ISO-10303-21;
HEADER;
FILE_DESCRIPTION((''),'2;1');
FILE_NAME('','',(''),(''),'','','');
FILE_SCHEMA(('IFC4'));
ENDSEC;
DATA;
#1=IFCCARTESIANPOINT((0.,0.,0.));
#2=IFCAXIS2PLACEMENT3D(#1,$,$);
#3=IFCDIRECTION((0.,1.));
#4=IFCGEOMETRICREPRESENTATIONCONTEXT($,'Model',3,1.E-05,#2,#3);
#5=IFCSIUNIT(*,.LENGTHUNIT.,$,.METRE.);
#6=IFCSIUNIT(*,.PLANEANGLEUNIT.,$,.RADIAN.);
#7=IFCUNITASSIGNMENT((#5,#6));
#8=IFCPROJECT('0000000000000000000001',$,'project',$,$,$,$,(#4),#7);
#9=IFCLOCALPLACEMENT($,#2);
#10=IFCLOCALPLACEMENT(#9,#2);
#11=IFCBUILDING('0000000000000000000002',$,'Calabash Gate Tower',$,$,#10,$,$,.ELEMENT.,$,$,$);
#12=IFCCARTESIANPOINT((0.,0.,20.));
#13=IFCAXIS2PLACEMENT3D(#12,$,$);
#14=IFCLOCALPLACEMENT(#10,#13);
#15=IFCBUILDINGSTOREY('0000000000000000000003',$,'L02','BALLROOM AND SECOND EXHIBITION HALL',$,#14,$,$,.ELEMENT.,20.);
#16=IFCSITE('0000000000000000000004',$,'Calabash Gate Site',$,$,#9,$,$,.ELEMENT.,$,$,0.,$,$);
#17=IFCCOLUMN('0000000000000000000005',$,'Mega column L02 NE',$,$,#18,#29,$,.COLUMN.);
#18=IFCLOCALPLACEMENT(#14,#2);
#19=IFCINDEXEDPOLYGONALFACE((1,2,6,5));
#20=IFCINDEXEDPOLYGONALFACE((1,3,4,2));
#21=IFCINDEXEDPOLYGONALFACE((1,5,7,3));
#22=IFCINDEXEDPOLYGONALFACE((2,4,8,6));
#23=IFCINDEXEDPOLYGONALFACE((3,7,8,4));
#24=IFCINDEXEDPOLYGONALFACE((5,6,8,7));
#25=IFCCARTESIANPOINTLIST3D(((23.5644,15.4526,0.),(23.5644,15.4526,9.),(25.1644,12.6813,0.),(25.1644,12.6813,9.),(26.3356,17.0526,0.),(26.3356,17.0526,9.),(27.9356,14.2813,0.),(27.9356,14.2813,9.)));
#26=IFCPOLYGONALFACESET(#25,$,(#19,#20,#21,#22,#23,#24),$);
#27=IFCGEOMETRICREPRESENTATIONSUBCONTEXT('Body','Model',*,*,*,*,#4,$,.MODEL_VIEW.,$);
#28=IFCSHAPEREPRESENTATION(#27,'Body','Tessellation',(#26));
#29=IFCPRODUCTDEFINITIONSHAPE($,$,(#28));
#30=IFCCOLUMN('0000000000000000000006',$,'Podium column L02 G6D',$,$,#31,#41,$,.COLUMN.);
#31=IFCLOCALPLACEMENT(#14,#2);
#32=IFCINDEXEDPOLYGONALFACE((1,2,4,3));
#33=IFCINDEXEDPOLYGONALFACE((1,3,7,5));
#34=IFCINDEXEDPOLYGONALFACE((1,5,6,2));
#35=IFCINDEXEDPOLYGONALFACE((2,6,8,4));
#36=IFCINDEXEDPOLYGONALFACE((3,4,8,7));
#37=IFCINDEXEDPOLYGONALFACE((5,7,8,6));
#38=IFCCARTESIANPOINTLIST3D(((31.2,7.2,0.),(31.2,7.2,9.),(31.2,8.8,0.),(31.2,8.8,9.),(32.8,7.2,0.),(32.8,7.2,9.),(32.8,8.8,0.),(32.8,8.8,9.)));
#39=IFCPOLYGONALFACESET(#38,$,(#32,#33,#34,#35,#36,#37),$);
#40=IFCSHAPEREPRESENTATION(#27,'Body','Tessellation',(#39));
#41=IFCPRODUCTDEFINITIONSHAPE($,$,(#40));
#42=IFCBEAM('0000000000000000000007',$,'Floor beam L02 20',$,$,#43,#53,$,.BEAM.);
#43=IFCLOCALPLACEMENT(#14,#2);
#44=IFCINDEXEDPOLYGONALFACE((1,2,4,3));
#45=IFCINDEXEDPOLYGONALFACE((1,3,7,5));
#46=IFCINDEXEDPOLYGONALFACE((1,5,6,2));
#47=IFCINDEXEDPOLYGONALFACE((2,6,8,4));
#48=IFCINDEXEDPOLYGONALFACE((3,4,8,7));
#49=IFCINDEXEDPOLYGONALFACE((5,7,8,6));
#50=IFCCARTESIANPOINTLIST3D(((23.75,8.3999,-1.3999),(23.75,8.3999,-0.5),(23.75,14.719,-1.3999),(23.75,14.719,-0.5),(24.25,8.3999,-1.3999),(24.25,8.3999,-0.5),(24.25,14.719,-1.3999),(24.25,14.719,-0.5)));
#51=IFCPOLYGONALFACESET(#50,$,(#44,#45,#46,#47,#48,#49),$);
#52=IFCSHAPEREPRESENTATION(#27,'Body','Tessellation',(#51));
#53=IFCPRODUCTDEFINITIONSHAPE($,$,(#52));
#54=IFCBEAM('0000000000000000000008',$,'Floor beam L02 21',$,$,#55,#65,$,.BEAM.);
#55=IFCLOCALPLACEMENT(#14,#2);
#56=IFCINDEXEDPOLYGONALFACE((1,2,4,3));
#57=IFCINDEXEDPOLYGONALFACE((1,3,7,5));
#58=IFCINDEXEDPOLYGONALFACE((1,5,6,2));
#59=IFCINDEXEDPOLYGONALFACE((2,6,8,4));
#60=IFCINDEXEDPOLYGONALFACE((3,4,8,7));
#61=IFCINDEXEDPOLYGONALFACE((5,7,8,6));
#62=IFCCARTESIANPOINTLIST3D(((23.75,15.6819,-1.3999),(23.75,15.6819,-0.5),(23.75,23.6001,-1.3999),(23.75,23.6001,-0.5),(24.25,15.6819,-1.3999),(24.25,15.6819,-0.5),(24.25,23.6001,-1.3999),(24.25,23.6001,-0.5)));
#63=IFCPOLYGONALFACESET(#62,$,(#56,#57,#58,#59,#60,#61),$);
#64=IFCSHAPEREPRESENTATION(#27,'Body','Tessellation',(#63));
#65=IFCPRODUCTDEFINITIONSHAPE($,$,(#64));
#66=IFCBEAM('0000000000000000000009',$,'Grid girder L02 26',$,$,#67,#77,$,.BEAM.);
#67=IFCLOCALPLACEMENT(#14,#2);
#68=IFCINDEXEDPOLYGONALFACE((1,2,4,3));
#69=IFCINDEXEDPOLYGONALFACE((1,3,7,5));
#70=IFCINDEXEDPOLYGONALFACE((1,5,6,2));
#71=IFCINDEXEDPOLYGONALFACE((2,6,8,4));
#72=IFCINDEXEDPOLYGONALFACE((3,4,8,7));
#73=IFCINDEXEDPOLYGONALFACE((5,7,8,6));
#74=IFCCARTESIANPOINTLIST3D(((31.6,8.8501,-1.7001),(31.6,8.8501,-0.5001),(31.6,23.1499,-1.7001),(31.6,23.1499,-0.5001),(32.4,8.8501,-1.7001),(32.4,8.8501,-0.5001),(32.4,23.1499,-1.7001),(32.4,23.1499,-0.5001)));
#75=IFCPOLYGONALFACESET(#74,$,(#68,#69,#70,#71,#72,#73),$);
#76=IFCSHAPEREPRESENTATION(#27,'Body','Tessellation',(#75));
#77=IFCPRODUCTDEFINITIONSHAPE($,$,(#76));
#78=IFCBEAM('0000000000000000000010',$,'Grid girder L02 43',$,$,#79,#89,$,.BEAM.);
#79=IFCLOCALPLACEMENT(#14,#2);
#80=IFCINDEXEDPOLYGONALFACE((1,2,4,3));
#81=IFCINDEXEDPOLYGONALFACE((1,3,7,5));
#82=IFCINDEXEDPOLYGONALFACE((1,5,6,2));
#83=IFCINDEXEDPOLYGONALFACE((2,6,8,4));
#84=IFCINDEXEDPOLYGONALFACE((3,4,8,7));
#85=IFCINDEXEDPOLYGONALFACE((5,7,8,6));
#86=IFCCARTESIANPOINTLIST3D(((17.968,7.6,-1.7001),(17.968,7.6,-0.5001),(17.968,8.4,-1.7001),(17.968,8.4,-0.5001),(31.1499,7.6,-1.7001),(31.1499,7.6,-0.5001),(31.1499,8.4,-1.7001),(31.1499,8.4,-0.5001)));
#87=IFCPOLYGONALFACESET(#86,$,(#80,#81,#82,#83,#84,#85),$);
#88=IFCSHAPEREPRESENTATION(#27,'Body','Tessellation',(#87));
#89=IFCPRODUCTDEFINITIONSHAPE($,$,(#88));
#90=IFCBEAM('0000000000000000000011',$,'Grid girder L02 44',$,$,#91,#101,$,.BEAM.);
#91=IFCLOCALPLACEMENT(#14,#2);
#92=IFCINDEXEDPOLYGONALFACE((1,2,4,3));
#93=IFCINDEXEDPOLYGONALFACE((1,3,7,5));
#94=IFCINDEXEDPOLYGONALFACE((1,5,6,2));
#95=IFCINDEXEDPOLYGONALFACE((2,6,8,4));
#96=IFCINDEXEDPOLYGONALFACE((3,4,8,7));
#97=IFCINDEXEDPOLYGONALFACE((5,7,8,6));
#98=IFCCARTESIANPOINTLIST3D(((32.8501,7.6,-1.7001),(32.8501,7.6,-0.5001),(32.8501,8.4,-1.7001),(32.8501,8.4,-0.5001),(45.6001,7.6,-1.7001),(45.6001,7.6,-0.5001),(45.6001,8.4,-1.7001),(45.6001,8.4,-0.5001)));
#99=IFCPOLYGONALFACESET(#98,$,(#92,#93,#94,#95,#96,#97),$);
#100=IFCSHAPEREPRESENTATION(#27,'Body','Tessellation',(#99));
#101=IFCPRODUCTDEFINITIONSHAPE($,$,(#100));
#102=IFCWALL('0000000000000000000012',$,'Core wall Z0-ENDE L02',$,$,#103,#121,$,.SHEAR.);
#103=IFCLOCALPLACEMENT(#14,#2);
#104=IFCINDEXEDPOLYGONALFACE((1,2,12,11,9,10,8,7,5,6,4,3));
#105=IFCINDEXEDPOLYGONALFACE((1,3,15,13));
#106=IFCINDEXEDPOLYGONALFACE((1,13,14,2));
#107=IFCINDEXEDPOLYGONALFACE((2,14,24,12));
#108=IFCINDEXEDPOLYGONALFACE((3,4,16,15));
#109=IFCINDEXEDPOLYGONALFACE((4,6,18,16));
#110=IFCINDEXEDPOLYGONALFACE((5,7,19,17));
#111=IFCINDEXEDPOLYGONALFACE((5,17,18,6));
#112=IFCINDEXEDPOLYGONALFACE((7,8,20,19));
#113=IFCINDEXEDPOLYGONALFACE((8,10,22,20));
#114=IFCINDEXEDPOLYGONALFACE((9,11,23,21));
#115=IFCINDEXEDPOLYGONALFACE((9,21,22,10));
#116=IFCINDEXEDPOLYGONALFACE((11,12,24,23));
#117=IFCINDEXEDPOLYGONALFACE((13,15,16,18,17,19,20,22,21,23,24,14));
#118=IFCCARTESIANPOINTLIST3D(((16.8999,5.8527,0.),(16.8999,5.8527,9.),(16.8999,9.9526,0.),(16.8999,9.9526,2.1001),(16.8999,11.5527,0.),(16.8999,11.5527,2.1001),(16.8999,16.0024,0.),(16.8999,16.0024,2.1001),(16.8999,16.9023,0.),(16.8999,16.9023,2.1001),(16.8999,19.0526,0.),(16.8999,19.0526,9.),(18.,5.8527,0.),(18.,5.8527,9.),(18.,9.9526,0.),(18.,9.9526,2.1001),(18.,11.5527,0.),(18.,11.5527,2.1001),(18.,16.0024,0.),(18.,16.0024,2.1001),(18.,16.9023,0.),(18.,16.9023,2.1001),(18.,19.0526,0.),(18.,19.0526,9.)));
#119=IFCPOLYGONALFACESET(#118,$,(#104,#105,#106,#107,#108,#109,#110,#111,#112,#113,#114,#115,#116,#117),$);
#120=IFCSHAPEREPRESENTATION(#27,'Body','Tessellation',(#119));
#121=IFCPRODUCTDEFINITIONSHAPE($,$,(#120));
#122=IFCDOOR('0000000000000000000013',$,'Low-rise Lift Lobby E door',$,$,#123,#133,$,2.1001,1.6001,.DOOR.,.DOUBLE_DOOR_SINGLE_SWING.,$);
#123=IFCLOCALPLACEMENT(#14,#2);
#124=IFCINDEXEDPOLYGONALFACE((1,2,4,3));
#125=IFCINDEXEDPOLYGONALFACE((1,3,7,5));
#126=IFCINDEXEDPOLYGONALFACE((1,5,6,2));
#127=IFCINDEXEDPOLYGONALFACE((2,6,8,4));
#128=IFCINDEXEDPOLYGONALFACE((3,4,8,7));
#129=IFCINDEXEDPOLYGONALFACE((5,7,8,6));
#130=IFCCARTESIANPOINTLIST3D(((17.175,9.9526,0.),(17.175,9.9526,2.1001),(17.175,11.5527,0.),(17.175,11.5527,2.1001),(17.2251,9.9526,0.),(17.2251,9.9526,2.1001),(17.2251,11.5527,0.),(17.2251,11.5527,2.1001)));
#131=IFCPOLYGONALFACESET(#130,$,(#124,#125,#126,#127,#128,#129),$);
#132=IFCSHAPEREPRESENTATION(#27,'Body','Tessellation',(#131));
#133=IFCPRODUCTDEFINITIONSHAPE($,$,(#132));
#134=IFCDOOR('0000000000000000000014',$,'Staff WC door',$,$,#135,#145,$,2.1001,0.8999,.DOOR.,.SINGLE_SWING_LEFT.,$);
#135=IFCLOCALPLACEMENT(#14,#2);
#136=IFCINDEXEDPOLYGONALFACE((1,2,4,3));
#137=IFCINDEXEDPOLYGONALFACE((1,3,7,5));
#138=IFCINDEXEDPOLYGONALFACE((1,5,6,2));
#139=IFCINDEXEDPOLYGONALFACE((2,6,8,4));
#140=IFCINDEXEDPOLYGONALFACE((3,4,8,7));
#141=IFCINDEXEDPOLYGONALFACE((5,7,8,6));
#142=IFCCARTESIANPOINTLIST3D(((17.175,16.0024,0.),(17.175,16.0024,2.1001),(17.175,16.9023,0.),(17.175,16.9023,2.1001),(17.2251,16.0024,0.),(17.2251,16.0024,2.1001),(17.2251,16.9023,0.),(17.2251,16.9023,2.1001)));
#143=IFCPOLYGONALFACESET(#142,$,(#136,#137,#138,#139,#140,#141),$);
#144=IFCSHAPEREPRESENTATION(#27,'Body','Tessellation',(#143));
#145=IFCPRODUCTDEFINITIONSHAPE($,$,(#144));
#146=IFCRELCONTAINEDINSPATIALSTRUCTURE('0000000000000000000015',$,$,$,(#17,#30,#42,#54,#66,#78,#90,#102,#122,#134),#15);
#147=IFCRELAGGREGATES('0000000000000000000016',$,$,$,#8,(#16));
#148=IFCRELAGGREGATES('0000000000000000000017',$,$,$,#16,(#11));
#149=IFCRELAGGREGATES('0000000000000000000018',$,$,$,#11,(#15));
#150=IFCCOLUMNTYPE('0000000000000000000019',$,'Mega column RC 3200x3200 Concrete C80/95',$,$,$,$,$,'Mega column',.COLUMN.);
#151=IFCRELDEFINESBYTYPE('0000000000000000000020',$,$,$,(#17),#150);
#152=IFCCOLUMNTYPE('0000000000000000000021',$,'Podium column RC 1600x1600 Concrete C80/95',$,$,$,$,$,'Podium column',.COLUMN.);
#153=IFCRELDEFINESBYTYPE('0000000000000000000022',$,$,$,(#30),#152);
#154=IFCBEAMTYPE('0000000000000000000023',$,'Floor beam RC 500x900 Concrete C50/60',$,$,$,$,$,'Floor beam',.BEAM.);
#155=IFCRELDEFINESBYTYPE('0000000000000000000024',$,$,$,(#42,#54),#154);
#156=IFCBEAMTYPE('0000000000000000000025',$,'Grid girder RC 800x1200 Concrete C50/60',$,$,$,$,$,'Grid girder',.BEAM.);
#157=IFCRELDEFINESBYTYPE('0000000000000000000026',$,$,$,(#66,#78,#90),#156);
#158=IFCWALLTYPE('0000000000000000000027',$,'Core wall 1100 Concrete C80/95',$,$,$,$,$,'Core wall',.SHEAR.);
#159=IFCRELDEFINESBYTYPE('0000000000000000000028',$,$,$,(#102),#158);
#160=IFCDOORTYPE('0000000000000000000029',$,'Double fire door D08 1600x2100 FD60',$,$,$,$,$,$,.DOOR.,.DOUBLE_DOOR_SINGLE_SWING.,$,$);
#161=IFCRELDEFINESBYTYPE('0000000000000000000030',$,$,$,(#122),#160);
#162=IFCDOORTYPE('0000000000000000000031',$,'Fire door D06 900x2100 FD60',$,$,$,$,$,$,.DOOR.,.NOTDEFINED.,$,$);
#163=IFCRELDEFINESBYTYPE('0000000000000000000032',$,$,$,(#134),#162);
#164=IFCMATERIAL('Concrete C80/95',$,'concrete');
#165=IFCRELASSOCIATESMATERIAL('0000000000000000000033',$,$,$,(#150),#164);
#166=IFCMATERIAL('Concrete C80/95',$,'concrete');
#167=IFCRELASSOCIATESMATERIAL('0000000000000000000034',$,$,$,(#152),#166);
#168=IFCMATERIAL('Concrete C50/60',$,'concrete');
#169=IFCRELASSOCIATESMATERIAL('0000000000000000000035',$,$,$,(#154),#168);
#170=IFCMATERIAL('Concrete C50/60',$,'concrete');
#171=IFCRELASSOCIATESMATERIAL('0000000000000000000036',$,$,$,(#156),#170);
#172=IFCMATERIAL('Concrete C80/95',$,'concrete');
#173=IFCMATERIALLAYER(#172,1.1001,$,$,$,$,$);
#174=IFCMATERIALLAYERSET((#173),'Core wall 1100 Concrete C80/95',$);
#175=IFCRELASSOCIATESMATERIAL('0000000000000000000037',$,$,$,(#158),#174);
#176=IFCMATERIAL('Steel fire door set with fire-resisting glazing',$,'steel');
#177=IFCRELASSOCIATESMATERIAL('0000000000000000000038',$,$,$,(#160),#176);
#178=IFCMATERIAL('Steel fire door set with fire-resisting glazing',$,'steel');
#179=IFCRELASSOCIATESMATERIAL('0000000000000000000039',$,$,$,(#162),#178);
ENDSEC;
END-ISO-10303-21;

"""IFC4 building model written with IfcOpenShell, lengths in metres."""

from ifc_helpers import new_model, si_unit, direction, frame, frame_2d, origin, origin_2d, place, context, subcontext, project, spatial, rectangle, extrude, material, layer, layer_set, material_profile, profile_set, type_object, element, fill, save


model = new_model("IFC4")

# Units and contexts
model_context = context("Model", 3, precision=1e-05, world=origin(), true_north=direction((0.0, 1.0)))
body_context = subcontext(model_context, "Body", "Model", "MODEL_VIEW")
ifc_project = project(units=[si_unit("LENGTHUNIT", "METRE"), si_unit("PLANEANGLEUNIT", "RADIAN")], contexts=[model_context])

# Site, building, storey
site_placement = place(None, origin())
site = spatial("IfcSite", under=ifc_project, at=site_placement, Name="Calabash Gate Site", CompositionType="ELEMENT", RefElevation=0.0)
building_placement = place(site_placement, origin())
building = spatial("IfcBuilding", under=site, at=building_placement, Name="Calabash Gate Tower", CompositionType="ELEMENT")
storey_placement = place(building_placement, frame((0.0, 0.0, 20.0)))
storey = spatial("IfcBuildingStorey", under=building, at=storey_placement, Name="L02", Description="BALLROOM AND SECOND EXHIBITION HALL", CompositionType="ELEMENT", Elevation=20.0)

# Columns
ifc_material_1 = material(Name="Concrete C80/95", Category="concrete")
ifc_material_profile_1 = material_profile(ifc_material_1, rectangle(XDim=3.2, YDim=3.2, at=origin_2d()))
ifc_profile_set_1 = profile_set([ifc_material_profile_1], Name="Concrete C80/95")
column_type_1 = type_object("IfcColumnType", Name="Mega column RC 3200x3200 Concrete C80/95", ElementType="Mega column", PredefinedType="COLUMN", material=ifc_profile_set_1)
column_1_placement = place(storey_placement, frame((25.75, 14.8669, 0.0), z_axis=(0.0, 0.0, 1.0), x_axis=(-0.866025, -0.5, 0.0)))
element("IfcColumn", 1, at=column_1_placement, inside=storey, type_object=column_type_1, Name="Mega column L02 NE", PredefinedType="COLUMN", context=body_context, shape_type="SweptSolid", body=[
    extrude(rectangle(XDim=3.2, YDim=3.2, at=origin_2d()), origin(), (0.0, 0.0, 1.0), 9.0),
])
ifc_material_2 = material(Name="Concrete C80/95", Category="concrete")
ifc_material_profile_2 = material_profile(ifc_material_2, rectangle(XDim=1.6001, YDim=1.6001, at=origin_2d()))
ifc_profile_set_2 = profile_set([ifc_material_profile_2], Name="Concrete C80/95")
column_type_2 = type_object("IfcColumnType", Name="Podium column RC 1600x1600 Concrete C80/95", ElementType="Podium column", PredefinedType="COLUMN", material=ifc_profile_set_2)
column_2_placement = place(storey_placement, frame((32.0, 8.0, 0.0), z_axis=(0.0, 0.0, 1.0), x_axis=(1.0, 0.0, 0.0)))
element("IfcColumn", 2, at=column_2_placement, inside=storey, type_object=column_type_2, Name="Podium column L02 G6D", PredefinedType="COLUMN", context=body_context, shape_type="SweptSolid", body=[
    extrude(rectangle(XDim=1.6001, YDim=1.6001, at=origin_2d()), origin(), (0.0, 0.0, 1.0), 9.0),
])

# Beams
ifc_material_3 = material(Name="Concrete C50/60", Category="concrete")
ifc_material_profile_3 = material_profile(ifc_material_3, rectangle(XDim=0.5, YDim=0.8999, at=origin_2d()))
ifc_profile_set_3 = profile_set([ifc_material_profile_3], Name="Concrete C50/60")
beam_type_1 = type_object("IfcBeamType", Name="Floor beam RC 500x900 Concrete C50/60", ElementType="Floor beam", PredefinedType="BEAM", material=ifc_profile_set_3)
beam_1_placement = place(storey_placement, frame((24.0, 8.3999, -0.95), z_axis=(0.0, 1.0, 0.0), x_axis=(-1.0, 0.0, 0.0)))
element("IfcBeam", 3, at=beam_1_placement, inside=storey, type_object=beam_type_1, Name="Floor beam L02 20", PredefinedType="BEAM", context=body_context, shape_type="SweptSolid", body=[
    extrude(rectangle(XDim=0.5, YDim=0.8999, at=origin_2d()), origin(), (0.0, 0.0, 1.0), 6.3191),
])
beam_2_placement = place(storey_placement, frame((24.0, 15.6819, -0.95), z_axis=(0.0, 1.0, 0.0), x_axis=(-1.0, 0.0, 0.0)))
element("IfcBeam", 4, at=beam_2_placement, inside=storey, type_object=beam_type_1, Name="Floor beam L02 21", PredefinedType="BEAM", context=body_context, shape_type="SweptSolid", body=[
    extrude(rectangle(XDim=0.5, YDim=0.8999, at=origin_2d()), origin(), (0.0, 0.0, 1.0), 7.9182),
])
ifc_material_4 = material(Name="Concrete C50/60", Category="concrete")
ifc_material_profile_4 = material_profile(ifc_material_4, rectangle(XDim=0.8, YDim=1.2, at=origin_2d()))
ifc_profile_set_4 = profile_set([ifc_material_profile_4], Name="Concrete C50/60")
beam_type_2 = type_object("IfcBeamType", Name="Grid girder RC 800x1200 Concrete C50/60", ElementType="Grid girder", PredefinedType="BEAM", material=ifc_profile_set_4)
beam_3_placement = place(storey_placement, frame((32.0, 8.8501, -1.1001), z_axis=(0.0, 1.0, 0.0), x_axis=(-1.0, 0.0, 0.0)))
element("IfcBeam", 5, at=beam_3_placement, inside=storey, type_object=beam_type_2, Name="Grid girder L02 26", PredefinedType="BEAM", context=body_context, shape_type="SweptSolid", body=[
    extrude(rectangle(XDim=0.8, YDim=1.2, at=origin_2d()), origin(), (0.0, 0.0, 1.0), 14.2998),
])
beam_4_placement = place(storey_placement, frame((17.968, 8.0, -1.1001), z_axis=(1.0, 0.0, 0.0), x_axis=(0.0, 1.0, 0.0)))
element("IfcBeam", 6, at=beam_4_placement, inside=storey, type_object=beam_type_2, Name="Grid girder L02 43", PredefinedType="BEAM", context=body_context, shape_type="SweptSolid", body=[
    extrude(rectangle(XDim=0.8, YDim=1.2, at=origin_2d()), origin(), (0.0, 0.0, 1.0), 13.1819),
])
beam_5_placement = place(storey_placement, frame((32.8501, 8.0, -1.1001), z_axis=(1.0, 0.0, 0.0), x_axis=(0.0, 1.0, 0.0)))
element("IfcBeam", 7, at=beam_5_placement, inside=storey, type_object=beam_type_2, Name="Grid girder L02 44", PredefinedType="BEAM", context=body_context, shape_type="SweptSolid", body=[
    extrude(rectangle(XDim=0.8, YDim=1.2, at=origin_2d()), origin(), (0.0, 0.0, 1.0), 12.75),
])

# Wall, openings, doors
ifc_material_5 = material(Name="Concrete C80/95", Category="concrete")
ifc_layer_1 = layer(ifc_material_5, 1.1001)
ifc_layer_set_1 = layer_set([ifc_layer_1], Name="Core wall 1100 Concrete C80/95")
wall_type_1 = type_object("IfcWallType", Name="Core wall 1100 Concrete C80/95", ElementType="Core wall", PredefinedType="SHEAR", material=ifc_layer_set_1)
wall_1_placement = place(storey_placement, frame((17.45, 5.8525, 0.0), z_axis=(0.0, 0.0, 1.0), x_axis=(0.0, 1.0, 0.0)))
wall_1 = element("IfcWall", 8, at=wall_1_placement, inside=storey, type_object=wall_type_1, Name="Core wall Z0-ENDE L02", PredefinedType="SHEAR", context=body_context, shape_type="SweptSolid", body=[
    extrude(rectangle(XDim=13.2, YDim=1.1001, at=frame_2d((6.6001, 0.0))), origin(), (0.0, 0.0, 1.0), 9.0),
])
opening_1_placement = place(wall_1_placement, frame((4.1001, 0.0, 0.0)))
opening_1 = element("IfcOpeningElement", 9, at=opening_1_placement, cuts=wall_1, PredefinedType="OPENING", context=body_context, shape_type="SweptSolid", body=[
    extrude(rectangle(XDim=1.6001, YDim=2.1001, at=frame_2d((0.8, 1.05))), frame((0.0, 0.5601, 0.0), z_axis=(0.0, -1.0, 0.0), x_axis=(1.0, 0.0, 0.0)), (0.0, 0.0, 1.0), 1.1201),
])
opening_2_placement = place(wall_1_placement, frame((10.1499, 0.0, 0.0)))
opening_2 = element("IfcOpeningElement", 10, at=opening_2_placement, cuts=wall_1, PredefinedType="OPENING", context=body_context, shape_type="SweptSolid", body=[
    extrude(rectangle(XDim=0.8999, YDim=2.1001, at=frame_2d((0.45, 1.05))), frame((0.0, 0.5601, 0.0), z_axis=(0.0, -1.0, 0.0), x_axis=(1.0, 0.0, 0.0)), (0.0, 0.0, 1.0), 1.1201),
])
ifc_material_6 = material(Name="Steel fire door set with fire-resisting glazing", Category="steel")
door_type_1 = type_object("IfcDoorType", Name="Double fire door D08 1600x2100 FD60", OperationType="DOUBLE_DOOR_SINGLE_SWING", PredefinedType="DOOR", material=ifc_material_6)
door_1_placement = place(opening_1_placement, origin())
door_1 = element("IfcDoor", 11, at=door_1_placement, inside=storey, type_object=door_type_1, Name="Low-rise Lift Lobby E door", OperationType="DOUBLE_DOOR_SINGLE_SWING", OverallHeight=2.1001, OverallWidth=1.6001, PredefinedType="DOOR", context=body_context, shape_type="SweptSolid", body=[
    extrude(rectangle(XDim=1.6001, YDim=2.1001, at=frame_2d((0.8, 1.05))), frame((0.0, 0.2749, 0.0), z_axis=(0.0, -1.0, 0.0), x_axis=(1.0, 0.0, 0.0)), (0.0, 0.0, 1.0), 0.05),
])
fill(opening_1, door_1)
ifc_material_7 = material(Name="Steel fire door set with fire-resisting glazing", Category="steel")
door_type_2 = type_object("IfcDoorType", Name="Fire door D06 900x2100 FD60", OperationType="NOTDEFINED", PredefinedType="DOOR", material=ifc_material_7)
door_2_placement = place(opening_2_placement, origin())
door_2 = element("IfcDoor", 12, at=door_2_placement, inside=storey, type_object=door_type_2, Name="Staff WC door", OperationType="SINGLE_SWING_LEFT", OverallHeight=2.1001, OverallWidth=0.8999, PredefinedType="DOOR", context=body_context, shape_type="SweptSolid", body=[
    extrude(rectangle(XDim=0.8999, YDim=2.1001, at=frame_2d((0.45, 1.05))), frame((0.0, 0.2749, 0.0), z_axis=(0.0, -1.0, 0.0), x_axis=(1.0, 0.0, 0.0)), (0.0, 0.0, 1.0), 0.05),
])
fill(opening_2, door_2)

save(model, "model.ifc")
